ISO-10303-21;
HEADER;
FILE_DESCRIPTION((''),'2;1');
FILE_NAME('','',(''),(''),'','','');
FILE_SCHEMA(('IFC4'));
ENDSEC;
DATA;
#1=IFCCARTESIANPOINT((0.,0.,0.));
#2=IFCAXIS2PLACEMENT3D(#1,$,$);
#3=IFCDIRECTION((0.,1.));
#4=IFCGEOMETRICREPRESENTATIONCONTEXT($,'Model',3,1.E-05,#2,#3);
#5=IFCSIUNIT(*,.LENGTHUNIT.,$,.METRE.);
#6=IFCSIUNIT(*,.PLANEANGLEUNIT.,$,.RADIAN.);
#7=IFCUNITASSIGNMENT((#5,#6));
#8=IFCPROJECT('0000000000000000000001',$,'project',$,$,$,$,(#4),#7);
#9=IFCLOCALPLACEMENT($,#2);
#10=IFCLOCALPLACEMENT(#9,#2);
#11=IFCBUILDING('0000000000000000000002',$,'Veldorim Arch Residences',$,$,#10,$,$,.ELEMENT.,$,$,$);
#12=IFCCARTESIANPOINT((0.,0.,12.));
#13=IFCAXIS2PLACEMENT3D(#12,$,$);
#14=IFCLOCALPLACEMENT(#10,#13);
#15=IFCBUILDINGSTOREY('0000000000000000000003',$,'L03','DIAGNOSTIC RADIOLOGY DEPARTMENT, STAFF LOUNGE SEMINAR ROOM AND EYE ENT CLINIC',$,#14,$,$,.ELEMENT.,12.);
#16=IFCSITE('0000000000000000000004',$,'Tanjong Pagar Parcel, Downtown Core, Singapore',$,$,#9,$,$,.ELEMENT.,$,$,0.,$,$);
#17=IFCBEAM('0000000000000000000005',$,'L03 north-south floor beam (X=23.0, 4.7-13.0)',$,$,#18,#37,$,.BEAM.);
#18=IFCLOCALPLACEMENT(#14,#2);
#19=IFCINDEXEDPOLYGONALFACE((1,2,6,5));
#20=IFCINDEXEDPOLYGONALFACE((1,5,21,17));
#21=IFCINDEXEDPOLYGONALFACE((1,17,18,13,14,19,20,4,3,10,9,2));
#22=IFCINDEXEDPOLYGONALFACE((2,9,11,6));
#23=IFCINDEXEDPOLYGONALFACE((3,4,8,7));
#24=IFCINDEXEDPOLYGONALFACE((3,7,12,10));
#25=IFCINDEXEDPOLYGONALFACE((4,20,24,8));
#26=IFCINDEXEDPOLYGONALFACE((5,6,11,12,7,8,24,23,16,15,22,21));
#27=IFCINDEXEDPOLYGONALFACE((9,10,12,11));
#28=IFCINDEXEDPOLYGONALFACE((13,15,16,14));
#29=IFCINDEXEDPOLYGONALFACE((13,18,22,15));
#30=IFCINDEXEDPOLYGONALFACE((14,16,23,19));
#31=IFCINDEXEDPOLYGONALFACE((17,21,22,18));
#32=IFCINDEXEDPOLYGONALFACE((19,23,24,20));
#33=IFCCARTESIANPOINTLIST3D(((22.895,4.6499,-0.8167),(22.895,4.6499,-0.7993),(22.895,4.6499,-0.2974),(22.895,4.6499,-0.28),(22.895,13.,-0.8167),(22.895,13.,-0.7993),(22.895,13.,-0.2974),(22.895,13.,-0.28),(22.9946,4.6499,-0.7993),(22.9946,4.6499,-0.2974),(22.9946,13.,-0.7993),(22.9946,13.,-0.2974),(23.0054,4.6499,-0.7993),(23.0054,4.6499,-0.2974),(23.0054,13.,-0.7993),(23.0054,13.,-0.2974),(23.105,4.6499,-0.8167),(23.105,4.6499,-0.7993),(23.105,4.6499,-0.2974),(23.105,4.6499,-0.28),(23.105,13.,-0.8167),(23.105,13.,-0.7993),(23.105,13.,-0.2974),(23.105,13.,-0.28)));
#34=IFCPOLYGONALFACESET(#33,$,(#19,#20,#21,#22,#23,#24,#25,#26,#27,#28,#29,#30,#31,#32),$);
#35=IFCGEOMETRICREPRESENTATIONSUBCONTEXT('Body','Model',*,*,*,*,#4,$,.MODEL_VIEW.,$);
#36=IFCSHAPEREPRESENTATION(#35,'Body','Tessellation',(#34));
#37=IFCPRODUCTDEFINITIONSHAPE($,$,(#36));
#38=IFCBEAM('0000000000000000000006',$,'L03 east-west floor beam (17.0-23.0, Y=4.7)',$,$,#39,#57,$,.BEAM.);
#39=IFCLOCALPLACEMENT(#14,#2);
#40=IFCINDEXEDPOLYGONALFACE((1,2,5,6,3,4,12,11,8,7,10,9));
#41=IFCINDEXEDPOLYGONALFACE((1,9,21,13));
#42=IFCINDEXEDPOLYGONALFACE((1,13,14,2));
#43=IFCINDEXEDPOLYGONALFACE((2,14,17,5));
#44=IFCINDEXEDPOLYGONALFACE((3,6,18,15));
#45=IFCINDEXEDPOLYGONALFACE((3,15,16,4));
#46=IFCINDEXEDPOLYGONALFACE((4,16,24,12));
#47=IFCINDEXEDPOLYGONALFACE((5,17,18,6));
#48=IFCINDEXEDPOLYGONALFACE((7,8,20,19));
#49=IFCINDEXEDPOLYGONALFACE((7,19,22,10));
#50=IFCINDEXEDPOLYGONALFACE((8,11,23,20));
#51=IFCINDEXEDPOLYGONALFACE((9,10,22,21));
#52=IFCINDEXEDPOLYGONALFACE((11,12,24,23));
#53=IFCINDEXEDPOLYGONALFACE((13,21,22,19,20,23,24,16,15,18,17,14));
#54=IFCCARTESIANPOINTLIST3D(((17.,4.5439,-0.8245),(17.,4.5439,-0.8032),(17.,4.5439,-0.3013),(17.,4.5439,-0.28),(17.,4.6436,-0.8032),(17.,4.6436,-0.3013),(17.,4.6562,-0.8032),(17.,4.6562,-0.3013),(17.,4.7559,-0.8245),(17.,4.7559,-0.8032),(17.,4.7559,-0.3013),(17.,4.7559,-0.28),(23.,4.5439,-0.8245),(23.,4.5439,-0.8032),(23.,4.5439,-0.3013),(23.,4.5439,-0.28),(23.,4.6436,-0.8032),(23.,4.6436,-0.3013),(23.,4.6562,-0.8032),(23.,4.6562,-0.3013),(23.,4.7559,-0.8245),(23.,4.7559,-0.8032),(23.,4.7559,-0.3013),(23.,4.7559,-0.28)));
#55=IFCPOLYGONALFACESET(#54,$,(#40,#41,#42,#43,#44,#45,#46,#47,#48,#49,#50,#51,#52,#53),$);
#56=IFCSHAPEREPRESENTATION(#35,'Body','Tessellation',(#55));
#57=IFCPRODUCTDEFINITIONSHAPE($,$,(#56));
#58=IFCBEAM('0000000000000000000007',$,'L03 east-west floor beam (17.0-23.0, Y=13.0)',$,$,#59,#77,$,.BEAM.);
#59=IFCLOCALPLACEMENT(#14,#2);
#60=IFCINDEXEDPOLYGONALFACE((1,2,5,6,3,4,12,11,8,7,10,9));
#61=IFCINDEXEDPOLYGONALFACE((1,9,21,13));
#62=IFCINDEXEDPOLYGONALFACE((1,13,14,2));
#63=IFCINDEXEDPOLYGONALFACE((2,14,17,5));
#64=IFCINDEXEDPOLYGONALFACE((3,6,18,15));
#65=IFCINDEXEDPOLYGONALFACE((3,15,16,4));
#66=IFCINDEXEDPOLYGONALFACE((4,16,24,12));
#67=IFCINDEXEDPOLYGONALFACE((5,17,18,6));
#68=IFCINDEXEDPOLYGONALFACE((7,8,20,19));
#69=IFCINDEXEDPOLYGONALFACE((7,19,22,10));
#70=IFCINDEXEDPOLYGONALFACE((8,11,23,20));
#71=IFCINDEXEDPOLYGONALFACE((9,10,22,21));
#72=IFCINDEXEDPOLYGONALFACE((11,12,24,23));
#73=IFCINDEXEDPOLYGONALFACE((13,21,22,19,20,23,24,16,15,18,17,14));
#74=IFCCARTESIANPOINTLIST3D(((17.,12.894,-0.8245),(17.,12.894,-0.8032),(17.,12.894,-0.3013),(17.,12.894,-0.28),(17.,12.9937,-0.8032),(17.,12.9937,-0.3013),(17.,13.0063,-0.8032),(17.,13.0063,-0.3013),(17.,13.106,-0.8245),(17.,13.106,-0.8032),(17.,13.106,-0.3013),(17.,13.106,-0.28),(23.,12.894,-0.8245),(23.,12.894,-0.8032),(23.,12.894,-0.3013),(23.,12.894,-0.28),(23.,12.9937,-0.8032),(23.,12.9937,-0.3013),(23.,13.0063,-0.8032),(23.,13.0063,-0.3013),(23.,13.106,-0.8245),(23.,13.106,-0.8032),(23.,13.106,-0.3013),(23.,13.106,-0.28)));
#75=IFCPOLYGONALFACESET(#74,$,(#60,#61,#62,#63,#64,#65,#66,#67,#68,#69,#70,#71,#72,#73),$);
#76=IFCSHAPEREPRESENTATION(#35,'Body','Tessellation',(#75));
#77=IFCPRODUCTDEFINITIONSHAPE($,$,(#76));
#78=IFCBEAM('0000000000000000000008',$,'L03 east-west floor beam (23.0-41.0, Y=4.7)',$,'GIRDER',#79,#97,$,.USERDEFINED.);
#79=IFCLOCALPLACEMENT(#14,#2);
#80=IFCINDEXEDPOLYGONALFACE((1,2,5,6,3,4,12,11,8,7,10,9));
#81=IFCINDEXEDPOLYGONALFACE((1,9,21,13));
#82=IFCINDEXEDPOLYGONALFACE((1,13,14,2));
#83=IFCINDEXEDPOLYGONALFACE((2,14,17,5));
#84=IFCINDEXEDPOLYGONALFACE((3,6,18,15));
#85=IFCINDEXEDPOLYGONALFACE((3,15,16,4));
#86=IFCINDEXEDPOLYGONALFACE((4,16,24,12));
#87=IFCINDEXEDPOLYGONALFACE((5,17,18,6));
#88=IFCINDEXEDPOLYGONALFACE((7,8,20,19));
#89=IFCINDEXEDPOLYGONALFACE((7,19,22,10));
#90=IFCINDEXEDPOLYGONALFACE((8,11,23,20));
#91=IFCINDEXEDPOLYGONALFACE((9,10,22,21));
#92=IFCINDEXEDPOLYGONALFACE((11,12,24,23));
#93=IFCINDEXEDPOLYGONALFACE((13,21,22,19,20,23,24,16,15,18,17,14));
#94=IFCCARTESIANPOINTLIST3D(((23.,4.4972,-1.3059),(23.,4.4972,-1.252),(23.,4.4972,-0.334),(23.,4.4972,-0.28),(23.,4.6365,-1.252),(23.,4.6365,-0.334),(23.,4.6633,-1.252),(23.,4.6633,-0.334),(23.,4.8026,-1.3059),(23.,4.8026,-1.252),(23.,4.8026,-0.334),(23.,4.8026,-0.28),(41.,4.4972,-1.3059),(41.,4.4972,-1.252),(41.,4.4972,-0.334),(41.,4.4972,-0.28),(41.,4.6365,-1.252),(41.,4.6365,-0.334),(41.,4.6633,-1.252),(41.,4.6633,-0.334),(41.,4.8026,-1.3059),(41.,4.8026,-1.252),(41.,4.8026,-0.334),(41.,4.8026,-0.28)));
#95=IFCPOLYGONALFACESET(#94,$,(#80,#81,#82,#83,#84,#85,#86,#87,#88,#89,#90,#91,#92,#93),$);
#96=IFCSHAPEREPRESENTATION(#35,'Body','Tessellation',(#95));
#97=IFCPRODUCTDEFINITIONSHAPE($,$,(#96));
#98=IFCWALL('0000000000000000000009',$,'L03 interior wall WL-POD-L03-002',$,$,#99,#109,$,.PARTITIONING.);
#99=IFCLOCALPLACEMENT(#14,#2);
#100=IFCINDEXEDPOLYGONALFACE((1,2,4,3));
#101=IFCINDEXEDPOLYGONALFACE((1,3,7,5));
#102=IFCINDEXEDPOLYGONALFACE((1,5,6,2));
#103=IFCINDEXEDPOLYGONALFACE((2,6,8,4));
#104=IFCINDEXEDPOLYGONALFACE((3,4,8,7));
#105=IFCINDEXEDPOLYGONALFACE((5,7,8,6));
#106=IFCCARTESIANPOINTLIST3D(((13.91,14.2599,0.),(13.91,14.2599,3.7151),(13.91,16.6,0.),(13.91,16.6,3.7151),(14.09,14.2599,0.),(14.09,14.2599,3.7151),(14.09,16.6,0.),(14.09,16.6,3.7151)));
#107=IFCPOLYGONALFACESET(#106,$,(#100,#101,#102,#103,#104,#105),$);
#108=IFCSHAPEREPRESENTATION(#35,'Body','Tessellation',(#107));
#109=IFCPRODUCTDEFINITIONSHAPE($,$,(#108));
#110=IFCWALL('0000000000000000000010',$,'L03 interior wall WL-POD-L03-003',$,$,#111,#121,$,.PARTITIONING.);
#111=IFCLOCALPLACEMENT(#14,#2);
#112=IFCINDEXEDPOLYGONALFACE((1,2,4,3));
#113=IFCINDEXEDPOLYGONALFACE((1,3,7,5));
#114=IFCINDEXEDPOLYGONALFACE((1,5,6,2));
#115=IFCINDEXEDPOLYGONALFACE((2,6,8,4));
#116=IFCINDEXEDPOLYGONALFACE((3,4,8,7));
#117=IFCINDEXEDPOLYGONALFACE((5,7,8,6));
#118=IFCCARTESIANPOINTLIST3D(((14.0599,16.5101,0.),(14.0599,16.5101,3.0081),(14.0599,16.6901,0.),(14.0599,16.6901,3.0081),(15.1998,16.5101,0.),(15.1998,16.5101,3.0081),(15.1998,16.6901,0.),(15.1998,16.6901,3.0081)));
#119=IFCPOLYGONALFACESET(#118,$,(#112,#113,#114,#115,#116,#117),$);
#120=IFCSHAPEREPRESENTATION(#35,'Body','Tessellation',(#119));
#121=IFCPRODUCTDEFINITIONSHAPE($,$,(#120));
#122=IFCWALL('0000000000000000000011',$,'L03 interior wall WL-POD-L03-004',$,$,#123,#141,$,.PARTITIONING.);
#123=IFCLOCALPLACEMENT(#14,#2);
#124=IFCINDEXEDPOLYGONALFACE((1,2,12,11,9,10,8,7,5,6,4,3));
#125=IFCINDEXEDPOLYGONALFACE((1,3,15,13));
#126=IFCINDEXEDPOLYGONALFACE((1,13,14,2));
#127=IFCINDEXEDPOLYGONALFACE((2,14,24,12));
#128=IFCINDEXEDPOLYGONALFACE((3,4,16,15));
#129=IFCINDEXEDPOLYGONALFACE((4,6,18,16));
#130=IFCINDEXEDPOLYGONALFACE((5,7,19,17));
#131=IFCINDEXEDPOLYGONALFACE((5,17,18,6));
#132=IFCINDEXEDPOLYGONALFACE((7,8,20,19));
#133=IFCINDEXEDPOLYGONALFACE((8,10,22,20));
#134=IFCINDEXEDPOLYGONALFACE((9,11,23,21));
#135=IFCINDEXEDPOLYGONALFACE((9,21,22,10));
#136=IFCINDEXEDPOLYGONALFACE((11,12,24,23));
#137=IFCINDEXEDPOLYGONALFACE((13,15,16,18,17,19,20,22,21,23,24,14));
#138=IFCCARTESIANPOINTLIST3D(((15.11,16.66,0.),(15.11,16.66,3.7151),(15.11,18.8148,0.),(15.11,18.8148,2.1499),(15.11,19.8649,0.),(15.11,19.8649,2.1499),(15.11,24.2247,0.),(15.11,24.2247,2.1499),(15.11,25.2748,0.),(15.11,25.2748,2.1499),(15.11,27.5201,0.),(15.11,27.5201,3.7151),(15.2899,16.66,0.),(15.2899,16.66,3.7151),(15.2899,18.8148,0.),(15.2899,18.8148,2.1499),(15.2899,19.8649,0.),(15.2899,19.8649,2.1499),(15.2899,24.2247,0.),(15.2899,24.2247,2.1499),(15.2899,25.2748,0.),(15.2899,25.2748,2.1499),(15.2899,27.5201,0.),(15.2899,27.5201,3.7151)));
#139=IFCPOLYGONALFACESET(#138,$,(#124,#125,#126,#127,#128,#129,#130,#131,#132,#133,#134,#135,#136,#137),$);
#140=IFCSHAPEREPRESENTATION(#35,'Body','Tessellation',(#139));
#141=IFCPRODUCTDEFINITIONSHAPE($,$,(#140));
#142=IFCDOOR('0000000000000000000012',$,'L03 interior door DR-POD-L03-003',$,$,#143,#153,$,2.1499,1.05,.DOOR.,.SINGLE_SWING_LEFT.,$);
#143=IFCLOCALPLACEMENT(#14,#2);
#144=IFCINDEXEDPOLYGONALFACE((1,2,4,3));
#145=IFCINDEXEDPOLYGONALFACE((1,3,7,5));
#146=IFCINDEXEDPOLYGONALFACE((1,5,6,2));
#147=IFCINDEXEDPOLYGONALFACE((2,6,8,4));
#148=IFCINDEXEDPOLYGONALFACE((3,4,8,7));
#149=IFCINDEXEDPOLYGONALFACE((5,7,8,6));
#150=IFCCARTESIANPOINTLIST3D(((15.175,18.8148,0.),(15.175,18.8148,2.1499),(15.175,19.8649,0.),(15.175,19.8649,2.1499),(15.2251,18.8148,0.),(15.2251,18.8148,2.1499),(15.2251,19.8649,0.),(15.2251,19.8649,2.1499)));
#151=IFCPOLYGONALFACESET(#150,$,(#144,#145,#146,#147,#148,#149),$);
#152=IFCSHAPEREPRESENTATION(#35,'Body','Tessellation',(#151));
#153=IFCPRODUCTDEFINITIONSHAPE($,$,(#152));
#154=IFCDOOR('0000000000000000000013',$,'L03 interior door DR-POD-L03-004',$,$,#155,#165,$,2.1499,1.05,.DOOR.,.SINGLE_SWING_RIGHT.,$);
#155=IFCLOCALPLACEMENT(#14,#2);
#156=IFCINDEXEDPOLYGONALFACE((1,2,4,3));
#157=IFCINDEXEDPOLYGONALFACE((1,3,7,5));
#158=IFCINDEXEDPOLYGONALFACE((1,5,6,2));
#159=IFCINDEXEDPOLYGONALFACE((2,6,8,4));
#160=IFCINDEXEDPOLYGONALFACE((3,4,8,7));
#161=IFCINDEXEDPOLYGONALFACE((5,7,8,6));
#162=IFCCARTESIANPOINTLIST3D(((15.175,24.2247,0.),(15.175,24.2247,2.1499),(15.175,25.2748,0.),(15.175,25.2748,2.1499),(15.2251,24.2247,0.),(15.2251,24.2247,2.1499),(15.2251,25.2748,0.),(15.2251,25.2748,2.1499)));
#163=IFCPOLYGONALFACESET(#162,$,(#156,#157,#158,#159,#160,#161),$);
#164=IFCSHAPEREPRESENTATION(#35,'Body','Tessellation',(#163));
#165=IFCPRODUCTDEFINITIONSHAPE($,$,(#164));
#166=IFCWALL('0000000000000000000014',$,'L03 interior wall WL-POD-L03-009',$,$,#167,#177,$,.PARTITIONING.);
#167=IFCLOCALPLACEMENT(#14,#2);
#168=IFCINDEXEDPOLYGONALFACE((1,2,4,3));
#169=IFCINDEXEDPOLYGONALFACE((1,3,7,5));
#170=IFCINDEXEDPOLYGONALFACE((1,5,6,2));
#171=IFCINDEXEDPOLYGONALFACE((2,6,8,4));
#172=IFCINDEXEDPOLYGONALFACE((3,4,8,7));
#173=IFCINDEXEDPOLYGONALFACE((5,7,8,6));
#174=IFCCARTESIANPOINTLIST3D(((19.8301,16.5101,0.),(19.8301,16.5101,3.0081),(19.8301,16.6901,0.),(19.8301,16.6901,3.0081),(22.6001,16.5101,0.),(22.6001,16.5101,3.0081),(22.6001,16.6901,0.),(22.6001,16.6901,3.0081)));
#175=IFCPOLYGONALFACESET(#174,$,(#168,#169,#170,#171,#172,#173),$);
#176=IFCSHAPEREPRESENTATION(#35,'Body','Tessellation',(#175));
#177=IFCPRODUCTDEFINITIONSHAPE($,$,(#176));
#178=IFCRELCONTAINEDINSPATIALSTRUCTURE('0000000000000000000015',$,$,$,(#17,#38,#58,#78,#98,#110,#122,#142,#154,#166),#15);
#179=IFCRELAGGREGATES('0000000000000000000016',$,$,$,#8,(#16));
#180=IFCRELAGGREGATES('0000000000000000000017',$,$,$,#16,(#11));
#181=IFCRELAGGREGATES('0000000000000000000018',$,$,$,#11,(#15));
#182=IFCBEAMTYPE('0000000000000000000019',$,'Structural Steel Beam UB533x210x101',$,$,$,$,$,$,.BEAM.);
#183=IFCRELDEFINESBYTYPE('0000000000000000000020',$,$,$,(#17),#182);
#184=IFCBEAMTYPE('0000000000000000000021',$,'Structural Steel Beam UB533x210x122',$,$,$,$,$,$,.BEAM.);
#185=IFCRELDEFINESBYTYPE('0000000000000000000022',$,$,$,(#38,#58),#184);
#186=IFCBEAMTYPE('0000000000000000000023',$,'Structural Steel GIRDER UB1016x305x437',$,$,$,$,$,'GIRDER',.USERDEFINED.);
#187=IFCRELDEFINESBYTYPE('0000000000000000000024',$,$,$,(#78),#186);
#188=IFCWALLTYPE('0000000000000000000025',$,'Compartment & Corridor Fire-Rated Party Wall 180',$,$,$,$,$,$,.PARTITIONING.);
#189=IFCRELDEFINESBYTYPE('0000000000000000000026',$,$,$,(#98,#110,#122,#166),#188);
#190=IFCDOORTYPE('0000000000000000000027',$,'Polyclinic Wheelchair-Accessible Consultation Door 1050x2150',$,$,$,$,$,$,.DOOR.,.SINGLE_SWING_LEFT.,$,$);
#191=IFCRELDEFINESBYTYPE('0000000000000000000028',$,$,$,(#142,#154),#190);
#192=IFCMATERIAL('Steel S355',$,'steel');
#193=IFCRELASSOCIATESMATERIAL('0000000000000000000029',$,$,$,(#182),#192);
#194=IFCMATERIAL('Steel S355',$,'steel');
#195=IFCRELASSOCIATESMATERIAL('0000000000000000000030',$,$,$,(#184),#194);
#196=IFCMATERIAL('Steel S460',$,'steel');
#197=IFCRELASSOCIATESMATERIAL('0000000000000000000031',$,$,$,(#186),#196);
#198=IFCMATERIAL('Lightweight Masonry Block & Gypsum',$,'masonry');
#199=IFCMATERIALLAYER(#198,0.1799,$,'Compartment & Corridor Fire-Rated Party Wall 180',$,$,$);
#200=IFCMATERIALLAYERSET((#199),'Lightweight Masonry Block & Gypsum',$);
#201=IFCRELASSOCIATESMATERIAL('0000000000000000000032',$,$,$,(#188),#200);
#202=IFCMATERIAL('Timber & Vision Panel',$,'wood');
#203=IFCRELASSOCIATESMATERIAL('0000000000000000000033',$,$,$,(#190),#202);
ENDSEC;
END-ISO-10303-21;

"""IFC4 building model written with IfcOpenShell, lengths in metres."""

from ifc_helpers import new_model, si_unit, direction, frame, frame_2d, origin, origin_2d, place, context, subcontext, project, spatial, rectangle, i_section, extrude, material, layer, layer_set, material_profile, profile_set, type_object, element, fill, save


model = new_model("IFC4")

# Units and contexts
model_context = context("Model", 3, precision=1e-05, world=origin(), true_north=direction((0.0, 1.0)))
body_context = subcontext(model_context, "Body", "Model", "MODEL_VIEW")
ifc_project = project(units=[si_unit("LENGTHUNIT", "METRE"), si_unit("PLANEANGLEUNIT", "RADIAN")], contexts=[model_context])

# Site, building, storey
site_placement = place(None, origin())
site = spatial("IfcSite", under=ifc_project, at=site_placement, Name="Tanjong Pagar Parcel, Downtown Core, Singapore", CompositionType="ELEMENT", RefElevation=0.0)
building_placement = place(site_placement, origin())
building = spatial("IfcBuilding", under=site, at=building_placement, Name="Veldorim Arch Residences", CompositionType="ELEMENT")
storey_placement = place(building_placement, frame((0.0, 0.0, 12.0)))
storey = spatial("IfcBuildingStorey", under=building, at=storey_placement, Name="L03", Description="DIAGNOSTIC RADIOLOGY DEPARTMENT, STAFF LOUNGE SEMINAR ROOM AND EYE ENT CLINIC", CompositionType="ELEMENT", Elevation=12.0)

# Beams
ifc_material_1 = material(Name="Steel S355", Category="steel")
ifc_material_profile_1 = material_profile(ifc_material_1, i_section(OverallWidth=0.21, OverallDepth=0.5366, WebThickness=0.0107, FlangeThickness=0.0173, at=origin_2d()), Name="UB533x210x101")
ifc_profile_set_1 = profile_set([ifc_material_profile_1], Name="Steel S355")
beam_type_1 = type_object("IfcBeamType", Name="Structural Steel Beam UB533x210x101", PredefinedType="BEAM", material=ifc_profile_set_1)
beam_1_placement = place(storey_placement, frame((23.0, 4.6499, -0.5483), z_axis=(0.0, 1.0, 0.0), x_axis=(-1.0, 0.0, 0.0)))
element("IfcBeam", 1, at=beam_1_placement, inside=storey, type_object=beam_type_1, Name="L03 north-south floor beam (X=23.0, 4.7-13.0)", PredefinedType="BEAM", context=body_context, shape_type="SweptSolid", body=[
    extrude(i_section(OverallWidth=0.21, OverallDepth=0.5366, WebThickness=0.0107, FlangeThickness=0.0173, at=origin_2d()), origin(), (0.0, 0.0, 1.0), 8.3501),
])
ifc_material_2 = material(Name="Steel S355", Category="steel")
ifc_material_profile_2 = material_profile(ifc_material_2, i_section(OverallWidth=0.2119, OverallDepth=0.5444, WebThickness=0.0127, FlangeThickness=0.0212, at=origin_2d()), Name="UB533x210x122")
ifc_profile_set_2 = profile_set([ifc_material_profile_2], Name="Steel S355")
beam_type_2 = type_object("IfcBeamType", Name="Structural Steel Beam UB533x210x122", PredefinedType="BEAM", material=ifc_profile_set_2)
for number, where, z_axis, x_axis, name in (
    (2, (17.0, 4.6499, -0.5522), (1.0, 0.0, 0.0), (0.0, 1.0, 0.0), "L03 east-west floor beam (17.0-23.0, Y=4.7)"),
    (3, (17.0, 13.0, -0.5522), (1.0, 0.0, 0.0), (0.0, 1.0, 0.0), "L03 east-west floor beam (17.0-23.0, Y=13.0)"),
):
    element("IfcBeam", number, at=place(storey_placement, frame(where, z_axis=z_axis, x_axis=x_axis)), inside=storey, type_object=beam_type_2, Name=name, PredefinedType="BEAM", context=body_context, shape_type="SweptSolid", body=[
        extrude(i_section(OverallWidth=0.2119, OverallDepth=0.5444, WebThickness=0.0127, FlangeThickness=0.0212, at=origin_2d()), origin(), (0.0, 0.0, 1.0), 6.0),
    ])
ifc_material_3 = material(Name="Steel S460", Category="steel")
ifc_material_profile_3 = material_profile(ifc_material_3, i_section(OverallWidth=0.3054, OverallDepth=1.0259, WebThickness=0.0269, FlangeThickness=0.054, at=origin_2d()), Name="UB1016x305x437")
ifc_profile_set_3 = profile_set([ifc_material_profile_3], Name="Steel S460")
beam_type_3 = type_object("IfcBeamType", Name="Structural Steel GIRDER UB1016x305x437", ElementType="GIRDER", PredefinedType="USERDEFINED", material=ifc_profile_set_3)
beam_2_placement = place(storey_placement, frame((23.0, 4.6499, -0.793), z_axis=(1.0, 0.0, 0.0), x_axis=(0.0, 1.0, 0.0)))
element("IfcBeam", 4, at=beam_2_placement, inside=storey, type_object=beam_type_3, Name="L03 east-west floor beam (23.0-41.0, Y=4.7)", ObjectType="GIRDER", PredefinedType="USERDEFINED", context=body_context, shape_type="SweptSolid", body=[
    extrude(i_section(OverallWidth=0.3054, OverallDepth=1.0259, WebThickness=0.0269, FlangeThickness=0.054, at=origin_2d()), origin(), (0.0, 0.0, 1.0), 18.0),
])

# Walls
ifc_material_4 = material(Name="Lightweight Masonry Block & Gypsum", Category="masonry")
ifc_layer_1 = layer(ifc_material_4, 0.1799, Name="Compartment & Corridor Fire-Rated Party Wall 180")
ifc_layer_set_1 = layer_set([ifc_layer_1], Name="Lightweight Masonry Block & Gypsum")
wall_type_1 = type_object("IfcWallType", Name="Compartment & Corridor Fire-Rated Party Wall 180", PredefinedType="PARTITIONING", material=ifc_layer_set_1)
wall_1_placement = place(storey_placement, frame((14.0, 14.26, 0.0), z_axis=(0.0, 0.0, 1.0), x_axis=(0.0, 1.0, 0.0)))
element("IfcWall", 5, at=wall_1_placement, inside=storey, type_object=wall_type_1, Name="L03 interior wall WL-POD-L03-002", PredefinedType="PARTITIONING", context=body_context, shape_type="SweptSolid", body=[
    extrude(rectangle(XDim=2.3401, YDim=0.1799, at=frame_2d((1.1699, 0.0))), origin(), (0.0, 0.0, 1.0), 3.7151),
])
wall_2_placement = place(storey_placement, frame((14.0601, 16.6001, 0.0), z_axis=(0.0, 0.0, 1.0), x_axis=(1.0, 0.0, 0.0)))
element("IfcWall", 6, at=wall_2_placement, inside=storey, type_object=wall_type_1, Name="L03 interior wall WL-POD-L03-003", PredefinedType="PARTITIONING", context=body_context, shape_type="SweptSolid", body=[
    extrude(rectangle(XDim=1.1399, YDim=0.1799, at=frame_2d((0.5698, 0.0))), origin(), (0.0, 0.0, 1.0), 3.0081),
])

# Wall, openings, doors
wall_3_placement = place(storey_placement, frame((15.2, 16.6599, 0.0), z_axis=(0.0, 0.0, 1.0), x_axis=(0.0, 1.0, 0.0)))
wall_3 = element("IfcWall", 7, at=wall_3_placement, inside=storey, type_object=wall_type_1, Name="L03 interior wall WL-POD-L03-004", PredefinedType="PARTITIONING", context=body_context, shape_type="SweptSolid", body=[
    extrude(rectangle(XDim=10.8601, YDim=0.1799, at=frame_2d((5.4302, 0.0))), origin(), (0.0, 0.0, 1.0), 3.7151),
])
opening_1_placement = place(wall_3_placement, frame((2.155, 0.0, 0.0)))
opening_1 = element("IfcOpeningElement", 8, at=opening_1_placement, cuts=wall_3, PredefinedType="OPENING", context=body_context, shape_type="SweptSolid", body=[
    extrude(rectangle(XDim=1.05, YDim=2.1499, at=frame_2d((0.5249, 1.075))), frame((0.0, 0.0999, 0.0), z_axis=(0.0, -1.0, 0.0), x_axis=(1.0, 0.0, 0.0)), (0.0, 0.0, 1.0), 0.2),
])
opening_2_placement = place(wall_3_placement, frame((7.5649, 0.0, 0.0)))
opening_2 = element("IfcOpeningElement", 9, at=opening_2_placement, cuts=wall_3, PredefinedType="OPENING", context=body_context, shape_type="SweptSolid", body=[
    extrude(rectangle(XDim=1.05, YDim=2.1499, at=frame_2d((0.5249, 1.075))), frame((0.0, 0.0999, 0.0), z_axis=(0.0, -1.0, 0.0), x_axis=(1.0, 0.0, 0.0)), (0.0, 0.0, 1.0), 0.2),
])
ifc_material_5 = material(Name="Timber & Vision Panel", Category="wood")
door_type_1 = type_object("IfcDoorType", Name="Polyclinic Wheelchair-Accessible Consultation Door 1050x2150", OperationType="SINGLE_SWING_LEFT", PredefinedType="DOOR", material=ifc_material_5)
door_1_placement = place(opening_1_placement, origin())
door_1 = element("IfcDoor", 10, at=door_1_placement, inside=storey, type_object=door_type_1, Name="L03 interior door DR-POD-L03-003", OperationType="SINGLE_SWING_LEFT", OverallHeight=2.1499, OverallWidth=1.05, PredefinedType="DOOR", context=body_context, shape_type="SweptSolid", body=[
    extrude(rectangle(XDim=1.05, YDim=2.1499, at=frame_2d((0.5249, 1.075))), frame((0.0, 0.0249, 0.0), z_axis=(0.0, -1.0, 0.0), x_axis=(1.0, 0.0, 0.0)), (0.0, 0.0, 1.0), 0.05),
])
fill(opening_1, door_1)
door_2_placement = place(opening_2_placement, origin())
door_2 = element("IfcDoor", 11, at=door_2_placement, inside=storey, type_object=door_type_1, Name="L03 interior door DR-POD-L03-004", OperationType="SINGLE_SWING_RIGHT", OverallHeight=2.1499, OverallWidth=1.05, PredefinedType="DOOR", context=body_context, shape_type="SweptSolid", body=[
    extrude(rectangle(XDim=1.05, YDim=2.1499, at=frame_2d((0.5249, 1.075))), frame((0.0, 0.0249, 0.0), z_axis=(0.0, -1.0, 0.0), x_axis=(1.0, 0.0, 0.0)), (0.0, 0.0, 1.0), 0.05),
])
fill(opening_2, door_2)

# Wall
wall_4_placement = place(storey_placement, frame((19.8301, 16.6001, 0.0), z_axis=(0.0, 0.0, 1.0), x_axis=(1.0, 0.0, 0.0)))
element("IfcWall", 12, at=wall_4_placement, inside=storey, type_object=wall_type_1, Name="L03 interior wall WL-POD-L03-009", PredefinedType="PARTITIONING", context=body_context, shape_type="SweptSolid", body=[
    extrude(rectangle(XDim=2.77, YDim=0.1799, at=frame_2d((1.385, 0.0))), origin(), (0.0, 0.0, 1.0), 3.0081),
])

save(model, "model.ifc")
